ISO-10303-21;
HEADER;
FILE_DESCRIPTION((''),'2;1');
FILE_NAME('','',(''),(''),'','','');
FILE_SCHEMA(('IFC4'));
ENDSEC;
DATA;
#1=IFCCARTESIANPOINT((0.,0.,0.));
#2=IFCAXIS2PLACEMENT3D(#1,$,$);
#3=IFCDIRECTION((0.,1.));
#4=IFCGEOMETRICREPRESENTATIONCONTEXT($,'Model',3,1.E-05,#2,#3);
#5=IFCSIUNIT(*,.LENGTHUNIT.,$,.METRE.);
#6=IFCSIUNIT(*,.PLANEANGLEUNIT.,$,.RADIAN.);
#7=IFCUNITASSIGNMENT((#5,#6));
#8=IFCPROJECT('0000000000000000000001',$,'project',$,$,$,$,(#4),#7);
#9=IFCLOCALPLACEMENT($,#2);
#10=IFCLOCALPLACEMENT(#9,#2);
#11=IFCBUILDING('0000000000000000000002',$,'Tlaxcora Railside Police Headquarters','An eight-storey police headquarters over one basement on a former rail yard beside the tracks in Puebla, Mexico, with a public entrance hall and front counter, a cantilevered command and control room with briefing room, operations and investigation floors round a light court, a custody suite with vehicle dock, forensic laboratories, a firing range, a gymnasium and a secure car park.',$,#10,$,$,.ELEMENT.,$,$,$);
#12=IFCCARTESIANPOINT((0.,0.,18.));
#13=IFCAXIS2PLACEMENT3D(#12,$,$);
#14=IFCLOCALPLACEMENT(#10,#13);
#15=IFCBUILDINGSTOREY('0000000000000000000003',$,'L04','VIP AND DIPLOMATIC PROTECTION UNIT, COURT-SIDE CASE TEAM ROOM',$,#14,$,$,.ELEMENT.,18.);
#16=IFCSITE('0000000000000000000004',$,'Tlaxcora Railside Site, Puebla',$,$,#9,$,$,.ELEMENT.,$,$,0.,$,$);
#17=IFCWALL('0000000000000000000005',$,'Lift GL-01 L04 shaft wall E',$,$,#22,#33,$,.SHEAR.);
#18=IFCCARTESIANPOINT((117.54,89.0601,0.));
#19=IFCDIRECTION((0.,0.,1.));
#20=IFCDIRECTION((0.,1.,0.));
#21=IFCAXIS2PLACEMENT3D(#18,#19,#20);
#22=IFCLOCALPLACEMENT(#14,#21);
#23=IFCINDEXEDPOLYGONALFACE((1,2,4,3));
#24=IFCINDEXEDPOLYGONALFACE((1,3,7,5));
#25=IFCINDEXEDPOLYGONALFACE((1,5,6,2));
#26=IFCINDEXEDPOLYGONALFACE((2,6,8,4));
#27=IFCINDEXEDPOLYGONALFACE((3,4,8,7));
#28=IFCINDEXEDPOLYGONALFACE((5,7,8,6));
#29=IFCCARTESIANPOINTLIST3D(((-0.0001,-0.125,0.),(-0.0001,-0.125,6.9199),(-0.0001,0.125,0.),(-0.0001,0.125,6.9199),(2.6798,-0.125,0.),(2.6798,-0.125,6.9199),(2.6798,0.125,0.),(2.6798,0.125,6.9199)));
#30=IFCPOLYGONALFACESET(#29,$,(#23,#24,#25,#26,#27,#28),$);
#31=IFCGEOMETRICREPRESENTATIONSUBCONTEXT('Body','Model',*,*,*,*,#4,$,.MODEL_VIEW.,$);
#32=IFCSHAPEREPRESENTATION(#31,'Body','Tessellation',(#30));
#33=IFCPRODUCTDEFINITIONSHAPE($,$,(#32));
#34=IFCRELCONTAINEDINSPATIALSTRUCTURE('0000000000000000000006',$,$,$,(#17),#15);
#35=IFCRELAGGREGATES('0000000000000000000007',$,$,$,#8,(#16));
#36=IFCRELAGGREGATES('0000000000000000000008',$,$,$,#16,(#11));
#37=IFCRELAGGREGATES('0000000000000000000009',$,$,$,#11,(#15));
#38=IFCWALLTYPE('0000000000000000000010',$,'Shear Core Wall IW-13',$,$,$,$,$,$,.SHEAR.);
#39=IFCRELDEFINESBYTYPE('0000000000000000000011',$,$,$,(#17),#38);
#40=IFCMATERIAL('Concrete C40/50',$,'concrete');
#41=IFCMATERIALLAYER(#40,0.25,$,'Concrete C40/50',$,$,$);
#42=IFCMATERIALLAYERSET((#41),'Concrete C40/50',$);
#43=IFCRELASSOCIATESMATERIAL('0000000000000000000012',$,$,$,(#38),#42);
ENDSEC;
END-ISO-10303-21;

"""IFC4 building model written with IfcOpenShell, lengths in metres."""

from ifc_helpers import new_model, si_unit, direction, frame, frame_2d, origin, place, context, subcontext, project, spatial, rectangle, extrude, material, layer, layer_set, type_object, element, save


model = new_model("IFC4")

# Units and contexts
model_context = context("Model", 3, precision=1e-05, world=origin(), true_north=direction((0.0, 1.0)))
body_context = subcontext(model_context, "Body", "Model", "MODEL_VIEW")
ifc_project = project(units=[si_unit("LENGTHUNIT", "METRE"), si_unit("PLANEANGLEUNIT", "RADIAN")], contexts=[model_context])

# Site, building, storey
site_placement = place(None, origin())
site = spatial("IfcSite", under=ifc_project, at=site_placement, Name="Tlaxcora Railside Site, Puebla", CompositionType="ELEMENT", RefElevation=0.0)
building_placement = place(site_placement, origin())
building = spatial("IfcBuilding", under=site, at=building_placement, Name="Tlaxcora Railside Police Headquarters", Description="An eight-storey police headquarters over one basement on a former rail yard beside the tracks in Puebla, Mexico, with a public entrance hall and front counter, a cantilevered command and control room with briefing room, operations and investigation floors round a light court, a custody suite with vehicle dock, forensic laboratories, a firing range, a gymnasium and a secure car park.", CompositionType="ELEMENT")
storey_placement = place(building_placement, frame((0.0, 0.0, 18.0)))
storey = spatial("IfcBuildingStorey", under=building, at=storey_placement, Name="L04", Description="VIP AND DIPLOMATIC PROTECTION UNIT, COURT-SIDE CASE TEAM ROOM", CompositionType="ELEMENT", Elevation=18.0)

# Shared definitions
ifc_material_1 = material(Name="Concrete C40/50", Category="concrete")

# Shared definitions
ifc_layer_1 = layer(ifc_material_1, 0.25, Name="Concrete C40/50")
ifc_layer_set_1 = layer_set([ifc_layer_1], Name="Concrete C40/50")
wall_type_1 = type_object("IfcWallType", Name="Shear Core Wall IW-13", PredefinedType="SHEAR", material=ifc_layer_set_1)

# Wall
for number, where, z_axis, x_axis, name in (
    (1, (117.54, 89.0601, 0.0), (0.0, 0.0, 1.0), (0.0, 1.0, 0.0), "Lift GL-01 L04 shaft wall E"),
):
    element("IfcWall", number, at=place(storey_placement, frame(where, z_axis=z_axis, x_axis=x_axis)), inside=storey, type_object=wall_type_1, Name=name, PredefinedType="SHEAR", context=body_context, shape_type="SweptSolid", body=[
        extrude(rectangle(XDim=2.6799, YDim=0.25, at=frame_2d((1.3398, 0.0))), origin(), (0.0, 0.0, 1.0), 6.9199),
    ])

save(model, "model.ifc")
